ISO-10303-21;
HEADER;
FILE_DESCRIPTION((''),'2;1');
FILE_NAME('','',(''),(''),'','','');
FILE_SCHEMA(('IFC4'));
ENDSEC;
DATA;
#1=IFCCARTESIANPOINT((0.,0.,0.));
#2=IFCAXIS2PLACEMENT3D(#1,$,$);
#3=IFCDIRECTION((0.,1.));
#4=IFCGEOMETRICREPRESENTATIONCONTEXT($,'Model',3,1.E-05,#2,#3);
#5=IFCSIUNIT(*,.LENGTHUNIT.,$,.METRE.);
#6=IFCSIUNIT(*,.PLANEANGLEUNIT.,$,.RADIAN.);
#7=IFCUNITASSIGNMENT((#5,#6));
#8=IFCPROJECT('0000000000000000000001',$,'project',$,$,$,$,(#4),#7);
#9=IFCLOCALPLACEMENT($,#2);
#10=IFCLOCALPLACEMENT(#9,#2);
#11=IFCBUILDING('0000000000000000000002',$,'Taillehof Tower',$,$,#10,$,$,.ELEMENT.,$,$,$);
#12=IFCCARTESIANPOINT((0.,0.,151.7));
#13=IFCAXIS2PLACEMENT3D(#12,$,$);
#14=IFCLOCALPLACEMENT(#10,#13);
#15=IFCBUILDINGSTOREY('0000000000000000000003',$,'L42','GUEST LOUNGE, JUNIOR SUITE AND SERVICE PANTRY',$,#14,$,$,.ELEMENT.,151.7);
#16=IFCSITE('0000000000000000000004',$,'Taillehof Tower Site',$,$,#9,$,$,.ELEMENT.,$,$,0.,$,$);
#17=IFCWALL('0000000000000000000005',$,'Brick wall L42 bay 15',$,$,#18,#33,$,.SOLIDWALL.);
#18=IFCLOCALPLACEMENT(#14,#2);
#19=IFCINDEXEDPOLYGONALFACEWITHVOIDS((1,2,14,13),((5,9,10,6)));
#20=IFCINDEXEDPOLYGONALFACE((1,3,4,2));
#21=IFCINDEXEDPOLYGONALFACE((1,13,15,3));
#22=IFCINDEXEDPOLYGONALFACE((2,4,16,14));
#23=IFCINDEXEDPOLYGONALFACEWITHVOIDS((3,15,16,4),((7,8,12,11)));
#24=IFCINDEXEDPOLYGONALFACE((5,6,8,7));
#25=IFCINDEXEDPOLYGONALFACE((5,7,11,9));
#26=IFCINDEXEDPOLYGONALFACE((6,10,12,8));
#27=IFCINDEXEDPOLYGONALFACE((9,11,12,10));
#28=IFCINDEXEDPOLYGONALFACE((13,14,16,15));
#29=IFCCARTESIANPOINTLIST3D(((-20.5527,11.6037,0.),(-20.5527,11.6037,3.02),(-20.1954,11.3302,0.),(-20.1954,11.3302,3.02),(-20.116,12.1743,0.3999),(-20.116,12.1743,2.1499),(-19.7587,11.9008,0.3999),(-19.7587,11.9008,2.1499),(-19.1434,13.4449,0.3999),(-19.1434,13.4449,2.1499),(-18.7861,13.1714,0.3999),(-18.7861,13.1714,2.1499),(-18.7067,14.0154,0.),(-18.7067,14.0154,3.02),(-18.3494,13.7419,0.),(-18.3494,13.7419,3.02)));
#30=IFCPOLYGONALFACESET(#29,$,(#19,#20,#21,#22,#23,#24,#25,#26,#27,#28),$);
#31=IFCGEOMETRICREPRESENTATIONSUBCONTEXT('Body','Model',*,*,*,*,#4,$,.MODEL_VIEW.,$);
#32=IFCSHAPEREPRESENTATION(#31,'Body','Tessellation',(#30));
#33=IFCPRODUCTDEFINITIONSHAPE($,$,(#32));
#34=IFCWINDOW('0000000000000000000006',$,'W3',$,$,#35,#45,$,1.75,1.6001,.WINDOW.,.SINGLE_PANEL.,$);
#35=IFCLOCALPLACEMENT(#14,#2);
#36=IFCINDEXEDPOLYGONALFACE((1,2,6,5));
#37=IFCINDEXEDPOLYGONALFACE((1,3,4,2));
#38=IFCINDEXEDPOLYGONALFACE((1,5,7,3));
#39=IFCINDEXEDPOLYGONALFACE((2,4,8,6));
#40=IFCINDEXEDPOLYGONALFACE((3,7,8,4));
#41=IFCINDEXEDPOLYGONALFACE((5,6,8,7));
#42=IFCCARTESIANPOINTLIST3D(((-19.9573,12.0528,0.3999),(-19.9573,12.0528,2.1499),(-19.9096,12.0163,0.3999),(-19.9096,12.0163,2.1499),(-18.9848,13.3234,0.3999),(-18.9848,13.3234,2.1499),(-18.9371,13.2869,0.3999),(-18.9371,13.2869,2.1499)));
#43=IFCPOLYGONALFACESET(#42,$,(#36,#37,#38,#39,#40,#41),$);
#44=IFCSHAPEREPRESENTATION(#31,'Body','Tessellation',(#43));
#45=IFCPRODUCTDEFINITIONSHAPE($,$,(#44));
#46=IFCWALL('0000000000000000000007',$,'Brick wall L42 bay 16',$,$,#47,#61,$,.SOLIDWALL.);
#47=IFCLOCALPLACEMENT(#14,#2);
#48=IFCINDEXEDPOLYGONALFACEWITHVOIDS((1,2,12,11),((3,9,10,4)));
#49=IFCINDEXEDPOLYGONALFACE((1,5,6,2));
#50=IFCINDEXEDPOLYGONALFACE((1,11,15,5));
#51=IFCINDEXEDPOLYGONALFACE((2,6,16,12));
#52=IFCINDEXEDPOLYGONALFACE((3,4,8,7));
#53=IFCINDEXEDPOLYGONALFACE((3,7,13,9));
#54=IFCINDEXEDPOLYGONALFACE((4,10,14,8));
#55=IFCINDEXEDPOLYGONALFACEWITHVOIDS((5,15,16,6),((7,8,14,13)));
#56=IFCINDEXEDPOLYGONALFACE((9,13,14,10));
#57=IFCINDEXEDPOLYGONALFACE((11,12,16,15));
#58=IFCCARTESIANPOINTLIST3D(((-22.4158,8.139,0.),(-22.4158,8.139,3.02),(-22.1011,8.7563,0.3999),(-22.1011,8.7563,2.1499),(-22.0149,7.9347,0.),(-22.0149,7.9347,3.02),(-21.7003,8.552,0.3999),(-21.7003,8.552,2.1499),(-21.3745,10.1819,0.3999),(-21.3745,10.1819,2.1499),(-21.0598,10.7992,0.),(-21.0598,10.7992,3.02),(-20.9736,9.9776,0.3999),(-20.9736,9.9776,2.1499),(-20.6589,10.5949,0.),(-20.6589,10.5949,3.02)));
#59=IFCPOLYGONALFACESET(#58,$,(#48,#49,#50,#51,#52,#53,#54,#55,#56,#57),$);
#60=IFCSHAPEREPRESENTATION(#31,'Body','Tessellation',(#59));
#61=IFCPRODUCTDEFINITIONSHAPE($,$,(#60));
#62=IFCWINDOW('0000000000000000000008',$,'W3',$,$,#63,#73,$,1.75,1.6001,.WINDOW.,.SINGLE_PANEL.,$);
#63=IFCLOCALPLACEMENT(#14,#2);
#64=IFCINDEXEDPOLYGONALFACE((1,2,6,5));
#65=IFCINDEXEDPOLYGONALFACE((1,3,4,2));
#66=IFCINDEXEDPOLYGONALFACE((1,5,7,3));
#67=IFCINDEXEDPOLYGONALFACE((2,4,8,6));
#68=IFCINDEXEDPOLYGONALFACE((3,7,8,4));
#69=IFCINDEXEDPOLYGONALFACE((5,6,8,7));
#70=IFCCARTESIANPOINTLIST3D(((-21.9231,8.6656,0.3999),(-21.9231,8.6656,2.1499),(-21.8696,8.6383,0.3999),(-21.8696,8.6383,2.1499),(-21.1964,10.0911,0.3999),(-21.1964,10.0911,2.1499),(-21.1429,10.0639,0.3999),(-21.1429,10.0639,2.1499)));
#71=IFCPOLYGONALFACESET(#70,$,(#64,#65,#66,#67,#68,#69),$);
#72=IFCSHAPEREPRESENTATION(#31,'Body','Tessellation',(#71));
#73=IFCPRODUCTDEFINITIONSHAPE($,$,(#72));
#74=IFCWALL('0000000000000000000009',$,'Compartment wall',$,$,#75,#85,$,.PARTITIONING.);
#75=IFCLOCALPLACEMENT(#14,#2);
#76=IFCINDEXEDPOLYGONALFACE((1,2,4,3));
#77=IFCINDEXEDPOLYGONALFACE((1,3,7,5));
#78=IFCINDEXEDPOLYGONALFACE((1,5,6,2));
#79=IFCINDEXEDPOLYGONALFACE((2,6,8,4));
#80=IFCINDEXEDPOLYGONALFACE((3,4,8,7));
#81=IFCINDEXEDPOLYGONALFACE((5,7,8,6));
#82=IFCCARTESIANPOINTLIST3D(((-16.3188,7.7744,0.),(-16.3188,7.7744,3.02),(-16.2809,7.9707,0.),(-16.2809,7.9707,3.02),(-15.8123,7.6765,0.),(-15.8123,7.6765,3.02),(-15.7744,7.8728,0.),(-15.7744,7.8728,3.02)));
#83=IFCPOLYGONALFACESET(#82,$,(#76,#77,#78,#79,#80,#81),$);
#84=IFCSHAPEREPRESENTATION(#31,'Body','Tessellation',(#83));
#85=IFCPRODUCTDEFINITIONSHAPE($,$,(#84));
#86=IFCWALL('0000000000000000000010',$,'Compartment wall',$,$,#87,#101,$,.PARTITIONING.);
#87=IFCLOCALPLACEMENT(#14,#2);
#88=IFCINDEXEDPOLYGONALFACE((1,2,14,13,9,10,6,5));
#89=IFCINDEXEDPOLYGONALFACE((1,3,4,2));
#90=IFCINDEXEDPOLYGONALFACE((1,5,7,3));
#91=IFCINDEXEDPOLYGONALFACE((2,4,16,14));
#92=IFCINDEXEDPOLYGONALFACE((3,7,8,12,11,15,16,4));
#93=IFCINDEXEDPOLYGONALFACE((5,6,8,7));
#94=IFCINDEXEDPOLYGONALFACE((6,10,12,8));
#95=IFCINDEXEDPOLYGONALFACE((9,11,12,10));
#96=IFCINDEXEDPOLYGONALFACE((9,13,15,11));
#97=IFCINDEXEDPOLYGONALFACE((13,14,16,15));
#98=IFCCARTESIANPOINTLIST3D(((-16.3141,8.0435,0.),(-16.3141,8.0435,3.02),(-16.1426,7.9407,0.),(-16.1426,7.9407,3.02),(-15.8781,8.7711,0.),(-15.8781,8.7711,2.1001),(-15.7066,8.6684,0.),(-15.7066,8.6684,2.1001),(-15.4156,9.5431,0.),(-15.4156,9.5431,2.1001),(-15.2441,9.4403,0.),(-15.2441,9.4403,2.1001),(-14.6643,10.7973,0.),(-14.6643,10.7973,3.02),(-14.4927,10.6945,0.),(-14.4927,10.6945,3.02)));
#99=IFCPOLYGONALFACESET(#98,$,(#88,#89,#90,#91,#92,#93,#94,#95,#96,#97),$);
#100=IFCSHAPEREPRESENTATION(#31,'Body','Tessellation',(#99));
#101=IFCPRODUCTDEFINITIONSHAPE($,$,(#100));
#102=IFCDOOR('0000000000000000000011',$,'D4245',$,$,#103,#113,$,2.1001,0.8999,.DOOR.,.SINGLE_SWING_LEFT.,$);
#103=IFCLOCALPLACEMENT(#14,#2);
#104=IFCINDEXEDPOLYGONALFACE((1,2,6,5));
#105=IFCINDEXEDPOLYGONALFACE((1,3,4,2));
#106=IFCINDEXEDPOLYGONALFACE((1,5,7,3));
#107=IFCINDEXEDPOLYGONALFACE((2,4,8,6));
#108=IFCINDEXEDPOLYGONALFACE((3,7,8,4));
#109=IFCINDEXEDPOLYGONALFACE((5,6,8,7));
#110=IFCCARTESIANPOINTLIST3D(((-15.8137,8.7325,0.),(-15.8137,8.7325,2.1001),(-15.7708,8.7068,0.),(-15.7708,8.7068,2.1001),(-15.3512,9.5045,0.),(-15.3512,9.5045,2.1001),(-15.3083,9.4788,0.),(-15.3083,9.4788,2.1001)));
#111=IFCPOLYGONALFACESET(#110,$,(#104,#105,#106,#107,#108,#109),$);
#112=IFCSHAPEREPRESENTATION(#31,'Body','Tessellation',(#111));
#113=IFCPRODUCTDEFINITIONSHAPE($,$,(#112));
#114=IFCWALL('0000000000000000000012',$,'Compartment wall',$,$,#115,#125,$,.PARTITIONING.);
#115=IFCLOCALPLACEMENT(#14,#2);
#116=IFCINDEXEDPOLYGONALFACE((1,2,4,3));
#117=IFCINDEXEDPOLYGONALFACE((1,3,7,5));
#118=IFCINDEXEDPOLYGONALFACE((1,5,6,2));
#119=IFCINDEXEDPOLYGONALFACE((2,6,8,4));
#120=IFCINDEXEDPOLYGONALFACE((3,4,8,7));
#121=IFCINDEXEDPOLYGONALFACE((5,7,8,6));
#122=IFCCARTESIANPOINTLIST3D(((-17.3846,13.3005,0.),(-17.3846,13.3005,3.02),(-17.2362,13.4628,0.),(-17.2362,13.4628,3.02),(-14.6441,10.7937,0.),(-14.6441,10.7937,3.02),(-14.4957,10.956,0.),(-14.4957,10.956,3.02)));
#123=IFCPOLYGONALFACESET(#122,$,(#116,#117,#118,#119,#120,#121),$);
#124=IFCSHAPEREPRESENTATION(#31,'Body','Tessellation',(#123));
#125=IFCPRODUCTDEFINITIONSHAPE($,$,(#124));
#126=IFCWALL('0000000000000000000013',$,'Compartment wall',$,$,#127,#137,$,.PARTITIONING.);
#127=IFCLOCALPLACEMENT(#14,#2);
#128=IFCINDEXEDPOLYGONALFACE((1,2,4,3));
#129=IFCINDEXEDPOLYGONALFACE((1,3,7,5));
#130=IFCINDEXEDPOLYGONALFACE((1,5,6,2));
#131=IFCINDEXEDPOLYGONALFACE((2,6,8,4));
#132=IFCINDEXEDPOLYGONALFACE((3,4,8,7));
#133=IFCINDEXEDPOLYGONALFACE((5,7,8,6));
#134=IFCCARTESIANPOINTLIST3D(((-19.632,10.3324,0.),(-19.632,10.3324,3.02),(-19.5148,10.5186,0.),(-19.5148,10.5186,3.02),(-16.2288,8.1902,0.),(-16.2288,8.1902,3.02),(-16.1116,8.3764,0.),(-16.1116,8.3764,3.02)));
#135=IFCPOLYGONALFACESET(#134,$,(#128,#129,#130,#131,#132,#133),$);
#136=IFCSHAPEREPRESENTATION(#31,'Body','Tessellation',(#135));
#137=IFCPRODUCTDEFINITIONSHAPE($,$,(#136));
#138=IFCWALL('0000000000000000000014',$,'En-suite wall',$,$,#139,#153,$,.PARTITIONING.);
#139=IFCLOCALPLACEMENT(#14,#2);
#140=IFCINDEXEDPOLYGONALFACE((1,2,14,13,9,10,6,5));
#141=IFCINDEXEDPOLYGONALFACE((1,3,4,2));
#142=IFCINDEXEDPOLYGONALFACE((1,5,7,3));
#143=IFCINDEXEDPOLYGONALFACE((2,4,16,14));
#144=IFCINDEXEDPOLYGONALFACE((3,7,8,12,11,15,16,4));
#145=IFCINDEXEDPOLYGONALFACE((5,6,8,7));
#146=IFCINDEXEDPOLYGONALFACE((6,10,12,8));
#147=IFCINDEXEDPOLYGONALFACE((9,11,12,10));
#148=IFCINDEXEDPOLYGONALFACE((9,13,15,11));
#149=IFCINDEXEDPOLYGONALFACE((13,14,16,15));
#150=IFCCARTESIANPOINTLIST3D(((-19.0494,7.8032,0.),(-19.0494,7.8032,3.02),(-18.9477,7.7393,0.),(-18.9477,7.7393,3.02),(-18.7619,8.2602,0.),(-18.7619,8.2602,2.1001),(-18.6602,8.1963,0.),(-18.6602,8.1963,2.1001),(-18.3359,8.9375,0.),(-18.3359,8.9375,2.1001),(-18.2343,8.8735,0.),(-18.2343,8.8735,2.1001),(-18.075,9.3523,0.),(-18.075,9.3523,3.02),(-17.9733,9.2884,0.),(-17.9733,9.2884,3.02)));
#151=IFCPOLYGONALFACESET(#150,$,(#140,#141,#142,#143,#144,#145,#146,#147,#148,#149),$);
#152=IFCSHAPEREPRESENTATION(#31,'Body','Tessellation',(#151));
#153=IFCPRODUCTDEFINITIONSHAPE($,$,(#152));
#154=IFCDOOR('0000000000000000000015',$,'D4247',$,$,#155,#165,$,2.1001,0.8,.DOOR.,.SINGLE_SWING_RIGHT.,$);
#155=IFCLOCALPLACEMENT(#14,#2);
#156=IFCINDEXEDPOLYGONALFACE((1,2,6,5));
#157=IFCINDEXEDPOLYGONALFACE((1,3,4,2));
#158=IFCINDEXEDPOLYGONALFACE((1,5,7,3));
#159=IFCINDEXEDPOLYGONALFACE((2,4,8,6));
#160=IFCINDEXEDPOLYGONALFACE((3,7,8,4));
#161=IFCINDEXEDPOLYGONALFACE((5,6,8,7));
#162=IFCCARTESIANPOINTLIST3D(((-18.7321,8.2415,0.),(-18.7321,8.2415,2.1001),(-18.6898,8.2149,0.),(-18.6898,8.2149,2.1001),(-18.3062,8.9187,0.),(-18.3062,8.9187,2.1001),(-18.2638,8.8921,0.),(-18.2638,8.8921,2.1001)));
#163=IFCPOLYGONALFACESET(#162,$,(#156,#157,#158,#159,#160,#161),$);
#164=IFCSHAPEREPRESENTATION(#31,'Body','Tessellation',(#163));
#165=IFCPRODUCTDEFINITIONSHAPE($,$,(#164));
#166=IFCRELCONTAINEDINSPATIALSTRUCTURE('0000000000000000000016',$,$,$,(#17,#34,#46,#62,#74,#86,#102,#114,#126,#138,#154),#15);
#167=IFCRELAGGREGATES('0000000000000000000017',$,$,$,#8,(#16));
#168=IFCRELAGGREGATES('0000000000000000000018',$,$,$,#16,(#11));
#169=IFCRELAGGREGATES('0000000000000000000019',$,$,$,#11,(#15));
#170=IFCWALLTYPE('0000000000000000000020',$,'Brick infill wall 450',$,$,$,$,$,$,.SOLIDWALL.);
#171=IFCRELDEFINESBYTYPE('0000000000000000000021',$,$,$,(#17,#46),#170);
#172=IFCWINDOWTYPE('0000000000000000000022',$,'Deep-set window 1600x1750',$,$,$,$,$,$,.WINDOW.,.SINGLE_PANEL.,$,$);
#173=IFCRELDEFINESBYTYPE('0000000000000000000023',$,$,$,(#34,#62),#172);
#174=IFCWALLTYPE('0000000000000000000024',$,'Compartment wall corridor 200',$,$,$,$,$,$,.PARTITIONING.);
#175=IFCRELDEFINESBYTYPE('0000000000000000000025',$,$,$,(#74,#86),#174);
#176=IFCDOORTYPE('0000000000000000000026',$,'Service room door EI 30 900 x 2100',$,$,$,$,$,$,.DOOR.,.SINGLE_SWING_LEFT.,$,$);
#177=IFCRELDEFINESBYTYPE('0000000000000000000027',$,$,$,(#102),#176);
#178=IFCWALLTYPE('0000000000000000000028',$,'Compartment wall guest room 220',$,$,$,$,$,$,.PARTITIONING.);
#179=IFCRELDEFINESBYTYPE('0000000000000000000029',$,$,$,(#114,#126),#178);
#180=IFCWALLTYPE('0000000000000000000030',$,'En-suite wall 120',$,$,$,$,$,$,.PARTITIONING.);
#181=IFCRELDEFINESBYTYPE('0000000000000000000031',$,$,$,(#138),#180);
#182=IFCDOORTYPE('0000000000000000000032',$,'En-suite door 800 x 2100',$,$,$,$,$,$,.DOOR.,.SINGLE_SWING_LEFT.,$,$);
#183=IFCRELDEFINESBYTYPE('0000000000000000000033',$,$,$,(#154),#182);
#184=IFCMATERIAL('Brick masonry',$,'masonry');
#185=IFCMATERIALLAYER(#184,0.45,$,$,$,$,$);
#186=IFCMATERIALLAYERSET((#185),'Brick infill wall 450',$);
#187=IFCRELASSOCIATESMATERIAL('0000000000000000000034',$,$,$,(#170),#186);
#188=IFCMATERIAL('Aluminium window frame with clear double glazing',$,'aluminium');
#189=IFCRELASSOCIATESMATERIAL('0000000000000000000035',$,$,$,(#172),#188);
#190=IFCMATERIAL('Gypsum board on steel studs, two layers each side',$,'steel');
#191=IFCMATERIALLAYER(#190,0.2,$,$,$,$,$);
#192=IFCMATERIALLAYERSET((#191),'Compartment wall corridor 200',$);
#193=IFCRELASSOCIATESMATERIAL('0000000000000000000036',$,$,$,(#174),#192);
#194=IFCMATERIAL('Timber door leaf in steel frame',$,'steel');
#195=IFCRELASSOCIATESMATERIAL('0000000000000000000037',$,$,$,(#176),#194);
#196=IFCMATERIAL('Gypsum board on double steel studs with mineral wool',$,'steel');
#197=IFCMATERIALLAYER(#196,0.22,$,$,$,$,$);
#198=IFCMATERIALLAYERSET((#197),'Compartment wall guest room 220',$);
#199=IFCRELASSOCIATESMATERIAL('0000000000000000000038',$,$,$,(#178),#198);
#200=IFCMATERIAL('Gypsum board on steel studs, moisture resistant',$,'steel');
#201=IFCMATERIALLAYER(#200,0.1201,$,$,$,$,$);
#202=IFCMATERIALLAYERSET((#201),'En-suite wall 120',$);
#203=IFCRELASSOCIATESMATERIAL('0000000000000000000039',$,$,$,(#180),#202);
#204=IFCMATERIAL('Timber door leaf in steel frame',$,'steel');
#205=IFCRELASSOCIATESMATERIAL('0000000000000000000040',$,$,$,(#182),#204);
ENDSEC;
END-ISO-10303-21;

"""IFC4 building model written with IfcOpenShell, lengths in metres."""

from ifc_helpers import new_model, si_unit, direction, frame, frame_2d, origin, place, context, subcontext, project, spatial, rectangle, extrude, material, layer, layer_set, type_object, element, fill, save


model = new_model("IFC4")

# Units and contexts
model_context = context("Model", 3, precision=1e-05, world=origin(), true_north=direction((0.0, 1.0)))
body_context = subcontext(model_context, "Body", "Model", "MODEL_VIEW")
ifc_project = project(units=[si_unit("LENGTHUNIT", "METRE"), si_unit("PLANEANGLEUNIT", "RADIAN")], contexts=[model_context])

# Site, building, storey
site_placement = place(None, origin())
site = spatial("IfcSite", under=ifc_project, at=site_placement, Name="Taillehof Tower Site", CompositionType="ELEMENT", RefElevation=0.0)
building_placement = place(site_placement, origin())
building = spatial("IfcBuilding", under=site, at=building_placement, Name="Taillehof Tower", CompositionType="ELEMENT")
storey_placement = place(building_placement, frame((0.0, 0.0, 151.7)))
storey = spatial("IfcBuildingStorey", under=building, at=storey_placement, Name="L42", Description="GUEST LOUNGE, JUNIOR SUITE AND SERVICE PANTRY", CompositionType="ELEMENT", Elevation=151.7)

# Walls, openings, windows
ifc_material_1 = material(Name="Brick masonry", Category="masonry")
ifc_layer_1 = layer(ifc_material_1, 0.45)
ifc_layer_set_1 = layer_set([ifc_layer_1], Name="Brick infill wall 450")
wall_type_1 = type_object("IfcWallType", Name="Brick infill wall 450", PredefinedType="SOLIDWALL", material=ifc_layer_set_1)
ifc_material_2 = material(Name="Aluminium window frame with clear double glazing", Category="aluminium")
window_type = type_object("IfcWindowType", Name="Deep-set window 1600x1750", PartitioningType="SINGLE_PANEL", PredefinedType="WINDOW", material=ifc_material_2)
wall_1_placement = place(storey_placement, frame((-18.5281, 13.8787, 0.0), z_axis=(0.0, 0.0, 1.0), x_axis=(-0.607817, -0.794077, 0.0)))
wall_1 = element("IfcWall", 1, at=wall_1_placement, inside=storey, type_object=wall_type_1, Name="Brick wall L42 bay 15", PredefinedType="SOLIDWALL", context=body_context, shape_type="SweptSolid", body=[
    extrude(rectangle(XDim=3.0371, YDim=0.45, at=frame_2d((1.5186, 0.0))), origin(), (0.0, 0.0, 1.0), 3.02),
])
opening_1_placement = place(wall_1_placement, frame((0.7185, 0.0, 0.3999)))
opening_1 = element("IfcOpeningElement", 2, at=opening_1_placement, cuts=wall_1, PredefinedType="OPENING", context=body_context, shape_type="SweptSolid", body=[
    extrude(rectangle(XDim=1.6001, YDim=1.75, at=frame_2d((0.8, 0.875))), frame((0.0, 0.2349, 0.0), z_axis=(0.0, -1.0, 0.0), x_axis=(1.0, 0.0, 0.0)), (0.0, 0.0, 1.0), 0.47),
])
window_1_placement = place(opening_1_placement, origin())
window_1 = element("IfcWindow", 3, at=window_1_placement, inside=storey, type_object=window_type, Name="W3", OverallHeight=1.75, OverallWidth=1.6001, PartitioningType="SINGLE_PANEL", PredefinedType="WINDOW", context=body_context, shape_type="SweptSolid", body=[
    extrude(rectangle(XDim=1.6001, YDim=1.75, at=frame_2d((0.8, 0.875))), frame((0.0, 0.0349, 0.0), z_axis=(0.0, -1.0, 0.0), x_axis=(1.0, 0.0, 0.0)), (0.0, 0.0, 1.0), 0.0601),
])
fill(opening_1, window_1)
wall_2_placement = place(storey_placement, frame((-20.8594, 10.697, 0.0), z_axis=(0.0, 0.0, 1.0), x_axis=(-0.454134, -0.890933, 0.0)))
wall_2 = element("IfcWall", 4, at=wall_2_placement, inside=storey, type_object=wall_type_1, Name="Brick wall L42 bay 16", PredefinedType="SOLIDWALL", context=body_context, shape_type="SweptSolid", body=[
    extrude(rectangle(XDim=2.9858, YDim=0.45, at=frame_2d((1.4929, 0.0))), origin(), (0.0, 0.0, 1.0), 3.02),
])
opening_2_placement = place(wall_2_placement, frame((0.6929, 0.0, 0.3999)))
opening_2 = element("IfcOpeningElement", 5, at=opening_2_placement, cuts=wall_2, PredefinedType="OPENING", context=body_context, shape_type="SweptSolid", body=[
    extrude(rectangle(XDim=1.6001, YDim=1.75, at=frame_2d((0.8, 0.875))), frame((0.0, 0.2349, 0.0), z_axis=(0.0, -1.0, 0.0), x_axis=(1.0, 0.0, 0.0)), (0.0, 0.0, 1.0), 0.47),
])
window_2_placement = place(opening_2_placement, origin())
window_2 = element("IfcWindow", 6, at=window_2_placement, inside=storey, type_object=window_type, Name="W3", OverallHeight=1.75, OverallWidth=1.6001, PartitioningType="SINGLE_PANEL", PredefinedType="WINDOW", context=body_context, shape_type="SweptSolid", body=[
    extrude(rectangle(XDim=1.6001, YDim=1.75, at=frame_2d((0.8, 0.875))), frame((0.0, 0.0349, 0.0), z_axis=(0.0, -1.0, 0.0), x_axis=(1.0, 0.0, 0.0)), (0.0, 0.0, 1.0), 0.0601),
])
fill(opening_2, window_2)

# Wall
ifc_material_3 = material(Name="Gypsum board on steel studs, two layers each side", Category="steel")
ifc_layer_2 = layer(ifc_material_3, 0.2)
ifc_layer_set_2 = layer_set([ifc_layer_2], Name="Compartment wall corridor 200")
wall_type_2 = type_object("IfcWallType", Name="Compartment wall corridor 200", PredefinedType="PARTITIONING", material=ifc_layer_set_2)
wall_3_placement = place(storey_placement, frame((-15.7935, 7.7747, 0.0), z_axis=(0.0, 0.0, 1.0), x_axis=(-0.981834, 0.189742, 0.0)))
element("IfcWall", 7, at=wall_3_placement, inside=storey, type_object=wall_type_2, Name="Compartment wall", PredefinedType="PARTITIONING", context=body_context, shape_type="SweptSolid", body=[
    extrude(rectangle(XDim=0.5159, YDim=0.2, at=frame_2d((0.2578, 0.0))), origin(), (0.0, 0.0, 1.0), 3.02),
])

# Wall, opening, door
wall_4_placement = place(storey_placement, frame((-16.2283, 7.9922, 0.0), z_axis=(0.0, 0.0, 1.0), x_axis=(0.513936, 0.857828, 0.0)))
wall_4 = element("IfcWall", 8, at=wall_4_placement, inside=storey, type_object=wall_type_2, Name="Compartment wall", PredefinedType="PARTITIONING", context=body_context, shape_type="SweptSolid", body=[
    extrude(rectangle(XDim=3.2102, YDim=0.2, at=frame_2d((1.605, 0.0))), origin(), (0.0, 0.0, 1.0), 3.02),
])
opening_3_placement = place(wall_4_placement, frame((0.8481, 0.0, 0.0)))
opening_3 = element("IfcOpeningElement", 9, at=opening_3_placement, cuts=wall_4, PredefinedType="OPENING", context=body_context, shape_type="SweptSolid", body=[
    extrude(rectangle(XDim=0.8999, YDim=2.1001, at=frame_2d((0.45, 1.05))), frame((0.0, 0.1099, 0.0), z_axis=(0.0, -1.0, 0.0), x_axis=(1.0, 0.0, 0.0)), (0.0, 0.0, 1.0), 0.22),
])
ifc_material_4 = material(Name="Timber door leaf in steel frame", Category="steel")
door_type_1 = type_object("IfcDoorType", Name="Service room door EI 30 900 x 2100", OperationType="SINGLE_SWING_LEFT", PredefinedType="DOOR", material=ifc_material_4)
door_1_placement = place(opening_3_placement, origin())
door_1 = element("IfcDoor", 10, at=door_1_placement, inside=storey, type_object=door_type_1, Name="D4245", OperationType="SINGLE_SWING_LEFT", OverallHeight=2.1001, OverallWidth=0.8999, PredefinedType="DOOR", context=body_context, shape_type="SweptSolid", body=[
    extrude(rectangle(XDim=0.8999, YDim=2.1001, at=frame_2d((0.45, 1.05))), frame((0.0, 0.0249, 0.0), z_axis=(0.0, -1.0, 0.0), x_axis=(1.0, 0.0, 0.0)), (0.0, 0.0, 1.0), 0.05),
])
fill(opening_3, door_1)

# Walls
ifc_material_5 = material(Name="Gypsum board on double steel studs with mineral wool", Category="steel")
ifc_layer_3 = layer(ifc_material_5, 0.22)
ifc_layer_set_3 = layer_set([ifc_layer_3], Name="Compartment wall guest room 220")
wall_type_3 = type_object("IfcWallType", Name="Compartment wall guest room 220", PredefinedType="PARTITIONING", material=ifc_layer_set_3)
wall_5_placement = place(storey_placement, frame((-17.3103, 13.3816, 0.0), z_axis=(0.0, 0.0, 1.0), x_axis=(0.73786, -0.674953, 0.0)))
element("IfcWall", 11, at=wall_5_placement, inside=storey, type_object=wall_type_3, Name="Compartment wall", PredefinedType="PARTITIONING", context=body_context, shape_type="SweptSolid", body=[
    extrude(rectangle(XDim=3.7141, YDim=0.22, at=frame_2d((1.8569, 0.0))), origin(), (0.0, 0.0, 1.0), 3.02),
])
wall_6_placement = place(storey_placement, frame((-19.5735, 10.4255, 0.0), z_axis=(0.0, 0.0, 1.0), x_axis=(0.846299, -0.532709, 0.0)))
element("IfcWall", 12, at=wall_6_placement, inside=storey, type_object=wall_type_3, Name="Compartment wall", PredefinedType="PARTITIONING", context=body_context, shape_type="SweptSolid", body=[
    extrude(rectangle(XDim=4.0212, YDim=0.22, at=frame_2d((2.0107, 0.0))), origin(), (0.0, 0.0, 1.0), 3.02),
])

# Wall, opening, door
ifc_material_6 = material(Name="Gypsum board on steel studs, moisture resistant", Category="steel")
ifc_layer_4 = layer(ifc_material_6, 0.1201)
ifc_layer_set_4 = layer_set([ifc_layer_4], Name="En-suite wall 120")
wall_type_4 = type_object("IfcWallType", Name="En-suite wall 120", PredefinedType="PARTITIONING", material=ifc_layer_set_4)
wall_7_placement = place(storey_placement, frame((-18.9985, 7.7712, 0.0), z_axis=(0.0, 0.0, 1.0), x_axis=(0.532431, 0.846473, 0.0)))
wall_7 = element("IfcWall", 13, at=wall_7_placement, inside=storey, type_object=wall_type_4, Name="En-suite wall", PredefinedType="PARTITIONING", context=body_context, shape_type="SweptSolid", body=[
    extrude(rectangle(XDim=1.8301, YDim=0.1201, at=frame_2d((0.915, 0.0))), origin(), (0.0, 0.0, 1.0), 3.02),
])
opening_4_placement = place(wall_7_placement, frame((0.54, 0.0, 0.0)))
opening_4 = element("IfcOpeningElement", 14, at=opening_4_placement, cuts=wall_7, PredefinedType="OPENING", context=body_context, shape_type="SweptSolid", body=[
    extrude(rectangle(XDim=0.8, YDim=2.1001, at=frame_2d((0.3999, 1.05))), frame((0.0, 0.0701, 0.0), z_axis=(0.0, -1.0, 0.0), x_axis=(1.0, 0.0, 0.0)), (0.0, 0.0, 1.0), 0.1401),
])
ifc_material_7 = material(Name="Timber door leaf in steel frame", Category="steel")
door_type_2 = type_object("IfcDoorType", Name="En-suite door 800 x 2100", OperationType="SINGLE_SWING_LEFT", PredefinedType="DOOR", material=ifc_material_7)
door_2_placement = place(opening_4_placement, origin())
door_2 = element("IfcDoor", 15, at=door_2_placement, inside=storey, type_object=door_type_2, Name="D4247", OperationType="SINGLE_SWING_RIGHT", OverallHeight=2.1001, OverallWidth=0.8, PredefinedType="DOOR", context=body_context, shape_type="SweptSolid", body=[
    extrude(rectangle(XDim=0.8, YDim=2.1001, at=frame_2d((0.3999, 1.05))), frame((0.0, 0.0249, 0.0), z_axis=(0.0, -1.0, 0.0), x_axis=(1.0, 0.0, 0.0)), (0.0, 0.0, 1.0), 0.05),
])
fill(opening_4, door_2)

save(model, "model.ifc")
